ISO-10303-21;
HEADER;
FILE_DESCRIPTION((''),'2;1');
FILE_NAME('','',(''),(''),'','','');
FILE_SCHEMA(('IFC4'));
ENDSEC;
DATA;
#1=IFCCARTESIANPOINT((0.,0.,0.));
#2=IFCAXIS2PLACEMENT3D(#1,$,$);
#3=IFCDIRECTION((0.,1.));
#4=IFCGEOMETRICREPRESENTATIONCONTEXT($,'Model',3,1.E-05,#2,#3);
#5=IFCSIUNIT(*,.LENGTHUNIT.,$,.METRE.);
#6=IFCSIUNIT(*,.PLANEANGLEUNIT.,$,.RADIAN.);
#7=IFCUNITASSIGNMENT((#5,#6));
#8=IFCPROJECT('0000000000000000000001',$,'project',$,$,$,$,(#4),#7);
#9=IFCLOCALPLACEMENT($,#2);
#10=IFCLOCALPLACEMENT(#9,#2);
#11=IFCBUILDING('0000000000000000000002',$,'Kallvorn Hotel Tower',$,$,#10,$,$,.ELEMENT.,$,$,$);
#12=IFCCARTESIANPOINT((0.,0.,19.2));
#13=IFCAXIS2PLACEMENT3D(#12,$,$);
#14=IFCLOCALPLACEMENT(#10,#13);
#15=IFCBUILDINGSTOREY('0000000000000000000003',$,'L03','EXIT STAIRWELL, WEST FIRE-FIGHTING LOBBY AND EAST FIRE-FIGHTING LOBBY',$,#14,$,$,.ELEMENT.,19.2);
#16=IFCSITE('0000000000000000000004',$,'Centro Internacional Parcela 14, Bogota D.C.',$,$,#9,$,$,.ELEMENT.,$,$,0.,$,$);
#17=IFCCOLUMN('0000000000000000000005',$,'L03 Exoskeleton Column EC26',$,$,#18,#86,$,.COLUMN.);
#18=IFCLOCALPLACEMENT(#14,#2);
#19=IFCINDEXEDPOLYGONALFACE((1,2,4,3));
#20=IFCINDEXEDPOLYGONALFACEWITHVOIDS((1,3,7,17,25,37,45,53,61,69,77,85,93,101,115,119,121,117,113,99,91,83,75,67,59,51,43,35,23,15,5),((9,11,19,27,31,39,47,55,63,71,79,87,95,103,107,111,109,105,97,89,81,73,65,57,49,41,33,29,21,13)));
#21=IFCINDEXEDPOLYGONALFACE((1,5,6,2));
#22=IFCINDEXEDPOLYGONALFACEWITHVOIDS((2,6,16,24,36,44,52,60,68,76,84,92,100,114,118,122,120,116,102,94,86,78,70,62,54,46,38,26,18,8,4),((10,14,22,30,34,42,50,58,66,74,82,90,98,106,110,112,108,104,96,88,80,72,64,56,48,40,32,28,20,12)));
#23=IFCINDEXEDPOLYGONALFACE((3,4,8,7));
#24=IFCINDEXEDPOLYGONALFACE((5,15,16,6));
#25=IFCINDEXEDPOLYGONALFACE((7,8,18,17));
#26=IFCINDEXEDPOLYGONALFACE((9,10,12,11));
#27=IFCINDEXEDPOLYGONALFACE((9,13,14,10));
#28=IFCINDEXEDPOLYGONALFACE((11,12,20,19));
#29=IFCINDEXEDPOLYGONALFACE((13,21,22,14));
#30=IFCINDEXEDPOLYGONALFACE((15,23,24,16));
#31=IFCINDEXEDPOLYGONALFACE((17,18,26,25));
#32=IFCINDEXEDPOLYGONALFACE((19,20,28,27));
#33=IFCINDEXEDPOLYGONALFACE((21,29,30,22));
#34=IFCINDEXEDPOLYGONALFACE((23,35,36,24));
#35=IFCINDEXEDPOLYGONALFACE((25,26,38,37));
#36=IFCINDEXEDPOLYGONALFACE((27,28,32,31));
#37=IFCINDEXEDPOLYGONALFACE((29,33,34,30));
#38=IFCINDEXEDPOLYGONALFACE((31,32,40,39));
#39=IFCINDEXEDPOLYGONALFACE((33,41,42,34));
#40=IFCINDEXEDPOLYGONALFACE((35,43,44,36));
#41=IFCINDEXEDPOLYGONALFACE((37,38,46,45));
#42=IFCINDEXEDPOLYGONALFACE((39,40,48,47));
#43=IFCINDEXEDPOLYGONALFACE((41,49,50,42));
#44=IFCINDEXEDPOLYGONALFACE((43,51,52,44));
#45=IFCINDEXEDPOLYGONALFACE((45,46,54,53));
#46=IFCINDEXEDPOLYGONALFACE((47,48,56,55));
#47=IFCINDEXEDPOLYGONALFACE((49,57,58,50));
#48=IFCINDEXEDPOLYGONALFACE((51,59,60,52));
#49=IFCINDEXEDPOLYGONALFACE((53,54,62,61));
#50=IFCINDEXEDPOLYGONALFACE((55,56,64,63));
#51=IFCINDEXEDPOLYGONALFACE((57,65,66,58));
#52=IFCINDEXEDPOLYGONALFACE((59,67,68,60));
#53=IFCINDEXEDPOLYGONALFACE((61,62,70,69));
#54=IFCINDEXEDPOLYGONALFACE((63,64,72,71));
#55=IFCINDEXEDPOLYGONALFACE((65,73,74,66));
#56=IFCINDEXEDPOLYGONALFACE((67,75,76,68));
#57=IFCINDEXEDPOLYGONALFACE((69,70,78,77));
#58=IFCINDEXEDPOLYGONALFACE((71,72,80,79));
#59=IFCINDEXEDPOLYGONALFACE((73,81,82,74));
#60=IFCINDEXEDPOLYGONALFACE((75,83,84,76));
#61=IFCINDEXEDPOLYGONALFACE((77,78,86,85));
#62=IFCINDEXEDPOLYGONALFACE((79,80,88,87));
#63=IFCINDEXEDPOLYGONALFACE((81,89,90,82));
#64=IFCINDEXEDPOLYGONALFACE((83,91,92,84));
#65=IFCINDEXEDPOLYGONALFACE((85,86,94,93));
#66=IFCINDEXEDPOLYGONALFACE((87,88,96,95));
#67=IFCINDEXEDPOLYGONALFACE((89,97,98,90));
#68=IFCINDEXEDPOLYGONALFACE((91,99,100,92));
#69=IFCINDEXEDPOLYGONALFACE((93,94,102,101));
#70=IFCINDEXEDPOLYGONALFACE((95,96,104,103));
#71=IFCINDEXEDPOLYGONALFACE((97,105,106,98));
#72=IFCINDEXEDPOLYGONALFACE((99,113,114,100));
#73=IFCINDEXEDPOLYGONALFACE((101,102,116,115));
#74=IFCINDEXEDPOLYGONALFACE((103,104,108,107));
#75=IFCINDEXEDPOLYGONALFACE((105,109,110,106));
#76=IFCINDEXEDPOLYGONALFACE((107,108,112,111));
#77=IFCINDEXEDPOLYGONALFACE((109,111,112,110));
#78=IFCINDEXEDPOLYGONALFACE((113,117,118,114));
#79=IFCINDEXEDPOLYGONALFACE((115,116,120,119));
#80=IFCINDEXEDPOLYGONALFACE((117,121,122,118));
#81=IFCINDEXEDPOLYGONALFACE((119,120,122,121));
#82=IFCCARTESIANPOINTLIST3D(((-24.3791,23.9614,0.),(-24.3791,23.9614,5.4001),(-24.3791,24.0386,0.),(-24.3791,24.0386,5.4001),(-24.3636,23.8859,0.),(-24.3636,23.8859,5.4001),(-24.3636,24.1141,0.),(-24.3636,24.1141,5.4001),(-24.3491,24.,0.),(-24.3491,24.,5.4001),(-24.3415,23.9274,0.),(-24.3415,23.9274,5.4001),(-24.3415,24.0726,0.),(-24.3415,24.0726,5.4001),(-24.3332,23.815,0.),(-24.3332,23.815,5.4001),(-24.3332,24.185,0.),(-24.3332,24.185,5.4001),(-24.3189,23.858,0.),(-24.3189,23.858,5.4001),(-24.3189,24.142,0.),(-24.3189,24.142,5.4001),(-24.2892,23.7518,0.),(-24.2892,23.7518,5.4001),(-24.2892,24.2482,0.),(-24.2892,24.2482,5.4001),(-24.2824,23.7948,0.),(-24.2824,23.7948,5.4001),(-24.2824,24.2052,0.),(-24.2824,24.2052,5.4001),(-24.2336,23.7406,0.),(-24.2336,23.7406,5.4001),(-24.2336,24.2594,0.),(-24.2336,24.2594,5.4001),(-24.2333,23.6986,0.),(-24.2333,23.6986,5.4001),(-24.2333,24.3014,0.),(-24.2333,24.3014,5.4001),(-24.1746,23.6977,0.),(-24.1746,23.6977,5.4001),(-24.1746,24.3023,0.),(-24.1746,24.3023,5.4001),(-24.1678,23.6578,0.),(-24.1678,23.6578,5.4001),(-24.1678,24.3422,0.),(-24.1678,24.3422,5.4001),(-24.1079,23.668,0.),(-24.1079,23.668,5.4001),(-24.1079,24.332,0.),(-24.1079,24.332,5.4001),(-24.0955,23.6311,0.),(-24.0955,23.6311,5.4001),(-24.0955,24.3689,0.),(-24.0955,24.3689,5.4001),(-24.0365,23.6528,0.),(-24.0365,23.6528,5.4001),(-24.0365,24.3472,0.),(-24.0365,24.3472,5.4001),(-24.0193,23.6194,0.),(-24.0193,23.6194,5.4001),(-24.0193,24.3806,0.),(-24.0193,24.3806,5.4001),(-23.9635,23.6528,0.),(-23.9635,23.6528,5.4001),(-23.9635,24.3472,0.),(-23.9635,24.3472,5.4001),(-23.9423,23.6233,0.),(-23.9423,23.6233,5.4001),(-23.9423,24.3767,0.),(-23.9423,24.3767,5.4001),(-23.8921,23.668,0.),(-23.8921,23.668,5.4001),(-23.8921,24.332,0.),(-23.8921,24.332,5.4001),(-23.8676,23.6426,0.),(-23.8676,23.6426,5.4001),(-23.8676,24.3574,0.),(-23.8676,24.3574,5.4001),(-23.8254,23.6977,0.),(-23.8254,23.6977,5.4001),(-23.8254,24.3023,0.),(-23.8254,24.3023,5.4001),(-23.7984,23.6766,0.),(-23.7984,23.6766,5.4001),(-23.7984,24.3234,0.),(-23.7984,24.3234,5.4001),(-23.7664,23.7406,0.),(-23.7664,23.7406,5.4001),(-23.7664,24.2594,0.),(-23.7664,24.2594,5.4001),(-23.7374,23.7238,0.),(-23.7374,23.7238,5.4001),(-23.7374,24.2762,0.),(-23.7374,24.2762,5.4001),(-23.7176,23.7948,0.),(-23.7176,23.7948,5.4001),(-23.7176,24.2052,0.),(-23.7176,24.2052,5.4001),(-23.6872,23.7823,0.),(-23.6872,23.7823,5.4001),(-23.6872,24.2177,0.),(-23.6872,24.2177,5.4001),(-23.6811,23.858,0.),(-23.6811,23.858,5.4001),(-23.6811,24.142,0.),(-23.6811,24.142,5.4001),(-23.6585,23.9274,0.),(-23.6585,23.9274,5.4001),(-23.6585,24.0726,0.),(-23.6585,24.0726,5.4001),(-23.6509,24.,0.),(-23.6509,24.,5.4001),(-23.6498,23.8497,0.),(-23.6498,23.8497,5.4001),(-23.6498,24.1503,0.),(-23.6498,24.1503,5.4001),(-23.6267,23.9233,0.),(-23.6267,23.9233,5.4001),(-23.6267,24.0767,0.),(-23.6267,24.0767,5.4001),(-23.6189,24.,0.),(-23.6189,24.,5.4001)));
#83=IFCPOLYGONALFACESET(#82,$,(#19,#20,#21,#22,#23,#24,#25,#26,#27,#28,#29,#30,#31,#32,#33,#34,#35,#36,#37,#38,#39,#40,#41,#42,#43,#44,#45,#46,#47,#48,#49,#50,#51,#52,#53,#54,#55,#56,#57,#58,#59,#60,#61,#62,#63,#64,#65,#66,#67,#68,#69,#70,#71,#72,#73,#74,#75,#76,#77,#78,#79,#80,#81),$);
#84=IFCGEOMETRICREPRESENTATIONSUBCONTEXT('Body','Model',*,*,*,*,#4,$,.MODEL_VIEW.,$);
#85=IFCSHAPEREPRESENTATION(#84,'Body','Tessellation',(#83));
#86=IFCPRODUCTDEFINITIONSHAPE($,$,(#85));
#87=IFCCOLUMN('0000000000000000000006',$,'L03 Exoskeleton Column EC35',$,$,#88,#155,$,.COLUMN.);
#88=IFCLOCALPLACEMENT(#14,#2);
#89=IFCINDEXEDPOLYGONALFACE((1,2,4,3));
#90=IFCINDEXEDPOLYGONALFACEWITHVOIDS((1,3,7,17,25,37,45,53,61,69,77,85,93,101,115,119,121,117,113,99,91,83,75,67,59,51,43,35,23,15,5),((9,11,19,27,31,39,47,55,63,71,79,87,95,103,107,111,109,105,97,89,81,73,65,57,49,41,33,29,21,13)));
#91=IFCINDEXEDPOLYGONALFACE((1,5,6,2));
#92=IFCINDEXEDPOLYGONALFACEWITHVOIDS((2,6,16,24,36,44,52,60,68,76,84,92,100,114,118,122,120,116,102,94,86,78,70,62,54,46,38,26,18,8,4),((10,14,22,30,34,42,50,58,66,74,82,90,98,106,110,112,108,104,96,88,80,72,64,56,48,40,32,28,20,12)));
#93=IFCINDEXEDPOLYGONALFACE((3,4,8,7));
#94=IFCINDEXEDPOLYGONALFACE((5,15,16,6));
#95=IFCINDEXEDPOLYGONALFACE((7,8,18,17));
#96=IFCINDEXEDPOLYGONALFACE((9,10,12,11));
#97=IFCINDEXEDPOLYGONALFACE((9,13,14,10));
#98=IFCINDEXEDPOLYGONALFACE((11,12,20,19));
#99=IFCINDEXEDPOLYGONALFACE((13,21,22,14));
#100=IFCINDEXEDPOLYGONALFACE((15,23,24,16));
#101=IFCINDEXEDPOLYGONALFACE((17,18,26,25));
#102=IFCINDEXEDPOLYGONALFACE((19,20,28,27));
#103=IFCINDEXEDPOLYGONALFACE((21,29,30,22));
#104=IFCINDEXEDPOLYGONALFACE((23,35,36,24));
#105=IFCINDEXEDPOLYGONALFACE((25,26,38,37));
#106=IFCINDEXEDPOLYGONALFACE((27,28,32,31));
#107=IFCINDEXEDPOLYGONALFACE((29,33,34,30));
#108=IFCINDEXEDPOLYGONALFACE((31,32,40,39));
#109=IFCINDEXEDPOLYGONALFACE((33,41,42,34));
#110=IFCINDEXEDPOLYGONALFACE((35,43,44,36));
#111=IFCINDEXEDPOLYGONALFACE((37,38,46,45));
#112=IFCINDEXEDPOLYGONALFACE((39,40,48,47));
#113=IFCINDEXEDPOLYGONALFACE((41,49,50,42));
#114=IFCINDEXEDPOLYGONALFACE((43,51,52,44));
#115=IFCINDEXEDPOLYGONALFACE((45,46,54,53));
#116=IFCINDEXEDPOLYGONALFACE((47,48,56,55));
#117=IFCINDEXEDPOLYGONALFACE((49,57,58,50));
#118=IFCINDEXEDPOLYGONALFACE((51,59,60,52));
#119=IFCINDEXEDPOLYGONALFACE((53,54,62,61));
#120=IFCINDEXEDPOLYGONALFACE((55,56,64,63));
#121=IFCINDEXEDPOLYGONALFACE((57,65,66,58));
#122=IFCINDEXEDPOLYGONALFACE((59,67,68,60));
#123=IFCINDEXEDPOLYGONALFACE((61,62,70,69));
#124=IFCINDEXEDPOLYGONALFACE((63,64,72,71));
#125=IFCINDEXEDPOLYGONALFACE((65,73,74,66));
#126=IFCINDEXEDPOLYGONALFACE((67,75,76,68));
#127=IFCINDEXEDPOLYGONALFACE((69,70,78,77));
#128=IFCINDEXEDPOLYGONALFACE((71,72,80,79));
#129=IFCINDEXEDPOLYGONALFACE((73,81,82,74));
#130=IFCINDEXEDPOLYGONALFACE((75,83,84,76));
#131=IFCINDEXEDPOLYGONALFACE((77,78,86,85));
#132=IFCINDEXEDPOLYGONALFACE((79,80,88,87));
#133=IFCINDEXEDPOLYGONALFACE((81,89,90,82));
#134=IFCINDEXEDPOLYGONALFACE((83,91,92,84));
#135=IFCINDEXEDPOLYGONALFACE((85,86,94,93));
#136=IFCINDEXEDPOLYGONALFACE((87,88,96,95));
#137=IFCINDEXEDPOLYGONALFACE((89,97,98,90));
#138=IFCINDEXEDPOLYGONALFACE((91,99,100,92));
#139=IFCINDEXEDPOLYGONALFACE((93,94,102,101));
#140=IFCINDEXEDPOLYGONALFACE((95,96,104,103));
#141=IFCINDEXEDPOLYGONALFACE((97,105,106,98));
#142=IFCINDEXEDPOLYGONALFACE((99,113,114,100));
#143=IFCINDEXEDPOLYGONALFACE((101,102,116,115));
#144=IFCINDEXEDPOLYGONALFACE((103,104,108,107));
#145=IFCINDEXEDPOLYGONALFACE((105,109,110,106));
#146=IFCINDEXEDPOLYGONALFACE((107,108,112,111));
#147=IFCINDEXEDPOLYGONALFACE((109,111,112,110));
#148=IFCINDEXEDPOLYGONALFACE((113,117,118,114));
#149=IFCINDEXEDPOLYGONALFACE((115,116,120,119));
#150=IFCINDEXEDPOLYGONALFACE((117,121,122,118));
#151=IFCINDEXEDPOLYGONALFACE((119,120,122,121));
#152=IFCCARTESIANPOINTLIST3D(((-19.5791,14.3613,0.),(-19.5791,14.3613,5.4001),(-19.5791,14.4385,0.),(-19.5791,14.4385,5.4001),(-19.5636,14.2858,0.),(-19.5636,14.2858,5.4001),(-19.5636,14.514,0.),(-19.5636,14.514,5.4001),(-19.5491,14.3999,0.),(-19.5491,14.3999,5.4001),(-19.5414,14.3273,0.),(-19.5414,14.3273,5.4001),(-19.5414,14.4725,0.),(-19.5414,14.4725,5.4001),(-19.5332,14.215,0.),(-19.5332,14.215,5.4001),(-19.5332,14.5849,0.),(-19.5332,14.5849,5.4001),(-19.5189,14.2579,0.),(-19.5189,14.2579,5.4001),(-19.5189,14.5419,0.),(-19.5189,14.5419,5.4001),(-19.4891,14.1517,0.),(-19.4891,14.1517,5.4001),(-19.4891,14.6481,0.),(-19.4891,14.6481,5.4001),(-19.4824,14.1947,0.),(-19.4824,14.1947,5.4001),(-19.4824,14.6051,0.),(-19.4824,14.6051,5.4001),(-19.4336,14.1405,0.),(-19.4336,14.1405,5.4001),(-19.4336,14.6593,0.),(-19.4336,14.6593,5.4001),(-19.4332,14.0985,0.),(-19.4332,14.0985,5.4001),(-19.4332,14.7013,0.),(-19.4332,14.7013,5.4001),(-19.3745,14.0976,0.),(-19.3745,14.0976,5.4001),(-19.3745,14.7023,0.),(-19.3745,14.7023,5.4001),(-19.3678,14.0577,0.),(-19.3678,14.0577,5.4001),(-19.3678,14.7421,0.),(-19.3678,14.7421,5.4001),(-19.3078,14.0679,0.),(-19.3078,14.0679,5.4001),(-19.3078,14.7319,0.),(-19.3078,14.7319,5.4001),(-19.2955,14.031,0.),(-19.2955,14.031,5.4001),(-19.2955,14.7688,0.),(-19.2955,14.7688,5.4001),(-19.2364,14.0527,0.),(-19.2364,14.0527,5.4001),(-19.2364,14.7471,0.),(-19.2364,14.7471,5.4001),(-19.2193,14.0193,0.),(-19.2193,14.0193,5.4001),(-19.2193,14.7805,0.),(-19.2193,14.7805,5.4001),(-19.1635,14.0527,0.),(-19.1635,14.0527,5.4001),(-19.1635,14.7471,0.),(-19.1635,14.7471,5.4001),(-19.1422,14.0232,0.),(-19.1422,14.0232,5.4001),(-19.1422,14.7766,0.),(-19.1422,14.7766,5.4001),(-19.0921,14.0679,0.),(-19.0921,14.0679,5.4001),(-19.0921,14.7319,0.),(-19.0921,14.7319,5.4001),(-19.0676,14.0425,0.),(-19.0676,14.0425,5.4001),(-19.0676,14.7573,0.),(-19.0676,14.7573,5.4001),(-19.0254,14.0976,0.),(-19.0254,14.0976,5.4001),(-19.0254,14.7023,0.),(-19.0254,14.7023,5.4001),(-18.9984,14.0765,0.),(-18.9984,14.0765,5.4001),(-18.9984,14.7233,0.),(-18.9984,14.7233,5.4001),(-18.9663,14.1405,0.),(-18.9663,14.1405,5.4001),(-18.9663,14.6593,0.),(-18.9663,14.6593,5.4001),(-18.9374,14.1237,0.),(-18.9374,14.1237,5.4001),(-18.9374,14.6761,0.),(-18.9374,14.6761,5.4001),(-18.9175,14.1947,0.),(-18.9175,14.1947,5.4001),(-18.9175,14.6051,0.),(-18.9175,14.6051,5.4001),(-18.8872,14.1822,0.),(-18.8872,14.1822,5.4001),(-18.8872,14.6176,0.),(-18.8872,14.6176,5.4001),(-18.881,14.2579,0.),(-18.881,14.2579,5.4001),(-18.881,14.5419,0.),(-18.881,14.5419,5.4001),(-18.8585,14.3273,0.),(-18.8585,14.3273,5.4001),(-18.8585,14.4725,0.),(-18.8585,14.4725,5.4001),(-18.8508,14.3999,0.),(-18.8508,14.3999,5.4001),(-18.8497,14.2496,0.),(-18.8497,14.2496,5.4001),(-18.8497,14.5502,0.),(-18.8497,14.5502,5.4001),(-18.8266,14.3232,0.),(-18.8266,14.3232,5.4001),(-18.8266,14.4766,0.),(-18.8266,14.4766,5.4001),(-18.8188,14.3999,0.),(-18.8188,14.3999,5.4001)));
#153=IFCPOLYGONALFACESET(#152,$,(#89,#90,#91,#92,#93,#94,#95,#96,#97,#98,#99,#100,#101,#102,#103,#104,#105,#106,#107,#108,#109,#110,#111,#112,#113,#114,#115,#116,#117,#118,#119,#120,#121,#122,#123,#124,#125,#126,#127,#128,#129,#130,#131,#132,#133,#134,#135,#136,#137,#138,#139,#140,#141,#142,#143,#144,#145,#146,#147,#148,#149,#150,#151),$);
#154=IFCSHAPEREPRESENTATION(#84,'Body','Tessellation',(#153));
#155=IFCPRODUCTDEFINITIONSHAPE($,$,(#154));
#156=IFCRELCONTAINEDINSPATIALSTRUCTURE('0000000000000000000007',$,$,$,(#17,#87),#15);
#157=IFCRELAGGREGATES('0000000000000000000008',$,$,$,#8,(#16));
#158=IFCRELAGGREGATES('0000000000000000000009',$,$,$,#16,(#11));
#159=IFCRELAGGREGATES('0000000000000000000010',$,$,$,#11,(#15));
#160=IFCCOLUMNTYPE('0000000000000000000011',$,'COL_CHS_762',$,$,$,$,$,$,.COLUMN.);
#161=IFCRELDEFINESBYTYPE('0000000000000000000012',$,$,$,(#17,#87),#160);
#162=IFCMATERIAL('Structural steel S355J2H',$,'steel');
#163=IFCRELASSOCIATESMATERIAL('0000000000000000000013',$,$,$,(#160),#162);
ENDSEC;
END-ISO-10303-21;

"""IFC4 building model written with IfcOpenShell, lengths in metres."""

from ifc_helpers import new_model, si_unit, direction, frame, origin, origin_2d, place, context, subcontext, project, spatial, hollow_circle, extrude, material, material_profile, profile_set, type_object, element, save


model = new_model("IFC4")

# Units and contexts
model_context = context("Model", 3, precision=1e-05, world=origin(), true_north=direction((0.0, 1.0)))
body_context = subcontext(model_context, "Body", "Model", "MODEL_VIEW")
ifc_project = project(units=[si_unit("LENGTHUNIT", "METRE"), si_unit("PLANEANGLEUNIT", "RADIAN")], contexts=[model_context])

# Site, building, storey
site_placement = place(None, origin())
site = spatial("IfcSite", under=ifc_project, at=site_placement, Name="Centro Internacional Parcela 14, Bogota D.C.", CompositionType="ELEMENT", RefElevation=0.0)
building_placement = place(site_placement, origin())
building = spatial("IfcBuilding", under=site, at=building_placement, Name="Kallvorn Hotel Tower", CompositionType="ELEMENT")
storey_placement = place(building_placement, frame((0.0, 0.0, 19.2)))
storey = spatial("IfcBuildingStorey", under=building, at=storey_placement, Name="L03", Description="EXIT STAIRWELL, WEST FIRE-FIGHTING LOBBY AND EAST FIRE-FIGHTING LOBBY", CompositionType="ELEMENT", Elevation=19.2)

# Columns
ifc_material_1 = material(Name="Structural steel S355J2H", Category="steel")
ifc_material_profile_1 = material_profile(ifc_material_1, hollow_circle(Radius=0.3811, WallThickness=0.032, at=origin_2d()), Name="CHS 762x32")
ifc_profile_set_1 = profile_set([ifc_material_profile_1], Name="Structural steel S355J2H")
column_type_1 = type_object("IfcColumnType", Name="COL_CHS_762", PredefinedType="COLUMN", material=ifc_profile_set_1)
for number, where, z_axis, x_axis, name in (
    (1, (-24.0, 24.0, 0.0), (0.0, 0.0, 1.0), (1.0, 0.0, 0.0), "L03 Exoskeleton Column EC26"),
    (2, (-19.2, 14.3999, 0.0), (0.0, 0.0, 1.0), (1.0, 0.0, 0.0), "L03 Exoskeleton Column EC35"),
):
    element("IfcColumn", number, at=place(storey_placement, frame(where, z_axis=z_axis, x_axis=x_axis)), inside=storey, type_object=column_type_1, Name=name, PredefinedType="COLUMN", context=body_context, shape_type="SweptSolid", body=[
        extrude(hollow_circle(Radius=0.3811, WallThickness=0.032, at=origin_2d()), origin(), (0.0, 0.0, 1.0), 5.4001),
    ])

save(model, "model.ifc")
